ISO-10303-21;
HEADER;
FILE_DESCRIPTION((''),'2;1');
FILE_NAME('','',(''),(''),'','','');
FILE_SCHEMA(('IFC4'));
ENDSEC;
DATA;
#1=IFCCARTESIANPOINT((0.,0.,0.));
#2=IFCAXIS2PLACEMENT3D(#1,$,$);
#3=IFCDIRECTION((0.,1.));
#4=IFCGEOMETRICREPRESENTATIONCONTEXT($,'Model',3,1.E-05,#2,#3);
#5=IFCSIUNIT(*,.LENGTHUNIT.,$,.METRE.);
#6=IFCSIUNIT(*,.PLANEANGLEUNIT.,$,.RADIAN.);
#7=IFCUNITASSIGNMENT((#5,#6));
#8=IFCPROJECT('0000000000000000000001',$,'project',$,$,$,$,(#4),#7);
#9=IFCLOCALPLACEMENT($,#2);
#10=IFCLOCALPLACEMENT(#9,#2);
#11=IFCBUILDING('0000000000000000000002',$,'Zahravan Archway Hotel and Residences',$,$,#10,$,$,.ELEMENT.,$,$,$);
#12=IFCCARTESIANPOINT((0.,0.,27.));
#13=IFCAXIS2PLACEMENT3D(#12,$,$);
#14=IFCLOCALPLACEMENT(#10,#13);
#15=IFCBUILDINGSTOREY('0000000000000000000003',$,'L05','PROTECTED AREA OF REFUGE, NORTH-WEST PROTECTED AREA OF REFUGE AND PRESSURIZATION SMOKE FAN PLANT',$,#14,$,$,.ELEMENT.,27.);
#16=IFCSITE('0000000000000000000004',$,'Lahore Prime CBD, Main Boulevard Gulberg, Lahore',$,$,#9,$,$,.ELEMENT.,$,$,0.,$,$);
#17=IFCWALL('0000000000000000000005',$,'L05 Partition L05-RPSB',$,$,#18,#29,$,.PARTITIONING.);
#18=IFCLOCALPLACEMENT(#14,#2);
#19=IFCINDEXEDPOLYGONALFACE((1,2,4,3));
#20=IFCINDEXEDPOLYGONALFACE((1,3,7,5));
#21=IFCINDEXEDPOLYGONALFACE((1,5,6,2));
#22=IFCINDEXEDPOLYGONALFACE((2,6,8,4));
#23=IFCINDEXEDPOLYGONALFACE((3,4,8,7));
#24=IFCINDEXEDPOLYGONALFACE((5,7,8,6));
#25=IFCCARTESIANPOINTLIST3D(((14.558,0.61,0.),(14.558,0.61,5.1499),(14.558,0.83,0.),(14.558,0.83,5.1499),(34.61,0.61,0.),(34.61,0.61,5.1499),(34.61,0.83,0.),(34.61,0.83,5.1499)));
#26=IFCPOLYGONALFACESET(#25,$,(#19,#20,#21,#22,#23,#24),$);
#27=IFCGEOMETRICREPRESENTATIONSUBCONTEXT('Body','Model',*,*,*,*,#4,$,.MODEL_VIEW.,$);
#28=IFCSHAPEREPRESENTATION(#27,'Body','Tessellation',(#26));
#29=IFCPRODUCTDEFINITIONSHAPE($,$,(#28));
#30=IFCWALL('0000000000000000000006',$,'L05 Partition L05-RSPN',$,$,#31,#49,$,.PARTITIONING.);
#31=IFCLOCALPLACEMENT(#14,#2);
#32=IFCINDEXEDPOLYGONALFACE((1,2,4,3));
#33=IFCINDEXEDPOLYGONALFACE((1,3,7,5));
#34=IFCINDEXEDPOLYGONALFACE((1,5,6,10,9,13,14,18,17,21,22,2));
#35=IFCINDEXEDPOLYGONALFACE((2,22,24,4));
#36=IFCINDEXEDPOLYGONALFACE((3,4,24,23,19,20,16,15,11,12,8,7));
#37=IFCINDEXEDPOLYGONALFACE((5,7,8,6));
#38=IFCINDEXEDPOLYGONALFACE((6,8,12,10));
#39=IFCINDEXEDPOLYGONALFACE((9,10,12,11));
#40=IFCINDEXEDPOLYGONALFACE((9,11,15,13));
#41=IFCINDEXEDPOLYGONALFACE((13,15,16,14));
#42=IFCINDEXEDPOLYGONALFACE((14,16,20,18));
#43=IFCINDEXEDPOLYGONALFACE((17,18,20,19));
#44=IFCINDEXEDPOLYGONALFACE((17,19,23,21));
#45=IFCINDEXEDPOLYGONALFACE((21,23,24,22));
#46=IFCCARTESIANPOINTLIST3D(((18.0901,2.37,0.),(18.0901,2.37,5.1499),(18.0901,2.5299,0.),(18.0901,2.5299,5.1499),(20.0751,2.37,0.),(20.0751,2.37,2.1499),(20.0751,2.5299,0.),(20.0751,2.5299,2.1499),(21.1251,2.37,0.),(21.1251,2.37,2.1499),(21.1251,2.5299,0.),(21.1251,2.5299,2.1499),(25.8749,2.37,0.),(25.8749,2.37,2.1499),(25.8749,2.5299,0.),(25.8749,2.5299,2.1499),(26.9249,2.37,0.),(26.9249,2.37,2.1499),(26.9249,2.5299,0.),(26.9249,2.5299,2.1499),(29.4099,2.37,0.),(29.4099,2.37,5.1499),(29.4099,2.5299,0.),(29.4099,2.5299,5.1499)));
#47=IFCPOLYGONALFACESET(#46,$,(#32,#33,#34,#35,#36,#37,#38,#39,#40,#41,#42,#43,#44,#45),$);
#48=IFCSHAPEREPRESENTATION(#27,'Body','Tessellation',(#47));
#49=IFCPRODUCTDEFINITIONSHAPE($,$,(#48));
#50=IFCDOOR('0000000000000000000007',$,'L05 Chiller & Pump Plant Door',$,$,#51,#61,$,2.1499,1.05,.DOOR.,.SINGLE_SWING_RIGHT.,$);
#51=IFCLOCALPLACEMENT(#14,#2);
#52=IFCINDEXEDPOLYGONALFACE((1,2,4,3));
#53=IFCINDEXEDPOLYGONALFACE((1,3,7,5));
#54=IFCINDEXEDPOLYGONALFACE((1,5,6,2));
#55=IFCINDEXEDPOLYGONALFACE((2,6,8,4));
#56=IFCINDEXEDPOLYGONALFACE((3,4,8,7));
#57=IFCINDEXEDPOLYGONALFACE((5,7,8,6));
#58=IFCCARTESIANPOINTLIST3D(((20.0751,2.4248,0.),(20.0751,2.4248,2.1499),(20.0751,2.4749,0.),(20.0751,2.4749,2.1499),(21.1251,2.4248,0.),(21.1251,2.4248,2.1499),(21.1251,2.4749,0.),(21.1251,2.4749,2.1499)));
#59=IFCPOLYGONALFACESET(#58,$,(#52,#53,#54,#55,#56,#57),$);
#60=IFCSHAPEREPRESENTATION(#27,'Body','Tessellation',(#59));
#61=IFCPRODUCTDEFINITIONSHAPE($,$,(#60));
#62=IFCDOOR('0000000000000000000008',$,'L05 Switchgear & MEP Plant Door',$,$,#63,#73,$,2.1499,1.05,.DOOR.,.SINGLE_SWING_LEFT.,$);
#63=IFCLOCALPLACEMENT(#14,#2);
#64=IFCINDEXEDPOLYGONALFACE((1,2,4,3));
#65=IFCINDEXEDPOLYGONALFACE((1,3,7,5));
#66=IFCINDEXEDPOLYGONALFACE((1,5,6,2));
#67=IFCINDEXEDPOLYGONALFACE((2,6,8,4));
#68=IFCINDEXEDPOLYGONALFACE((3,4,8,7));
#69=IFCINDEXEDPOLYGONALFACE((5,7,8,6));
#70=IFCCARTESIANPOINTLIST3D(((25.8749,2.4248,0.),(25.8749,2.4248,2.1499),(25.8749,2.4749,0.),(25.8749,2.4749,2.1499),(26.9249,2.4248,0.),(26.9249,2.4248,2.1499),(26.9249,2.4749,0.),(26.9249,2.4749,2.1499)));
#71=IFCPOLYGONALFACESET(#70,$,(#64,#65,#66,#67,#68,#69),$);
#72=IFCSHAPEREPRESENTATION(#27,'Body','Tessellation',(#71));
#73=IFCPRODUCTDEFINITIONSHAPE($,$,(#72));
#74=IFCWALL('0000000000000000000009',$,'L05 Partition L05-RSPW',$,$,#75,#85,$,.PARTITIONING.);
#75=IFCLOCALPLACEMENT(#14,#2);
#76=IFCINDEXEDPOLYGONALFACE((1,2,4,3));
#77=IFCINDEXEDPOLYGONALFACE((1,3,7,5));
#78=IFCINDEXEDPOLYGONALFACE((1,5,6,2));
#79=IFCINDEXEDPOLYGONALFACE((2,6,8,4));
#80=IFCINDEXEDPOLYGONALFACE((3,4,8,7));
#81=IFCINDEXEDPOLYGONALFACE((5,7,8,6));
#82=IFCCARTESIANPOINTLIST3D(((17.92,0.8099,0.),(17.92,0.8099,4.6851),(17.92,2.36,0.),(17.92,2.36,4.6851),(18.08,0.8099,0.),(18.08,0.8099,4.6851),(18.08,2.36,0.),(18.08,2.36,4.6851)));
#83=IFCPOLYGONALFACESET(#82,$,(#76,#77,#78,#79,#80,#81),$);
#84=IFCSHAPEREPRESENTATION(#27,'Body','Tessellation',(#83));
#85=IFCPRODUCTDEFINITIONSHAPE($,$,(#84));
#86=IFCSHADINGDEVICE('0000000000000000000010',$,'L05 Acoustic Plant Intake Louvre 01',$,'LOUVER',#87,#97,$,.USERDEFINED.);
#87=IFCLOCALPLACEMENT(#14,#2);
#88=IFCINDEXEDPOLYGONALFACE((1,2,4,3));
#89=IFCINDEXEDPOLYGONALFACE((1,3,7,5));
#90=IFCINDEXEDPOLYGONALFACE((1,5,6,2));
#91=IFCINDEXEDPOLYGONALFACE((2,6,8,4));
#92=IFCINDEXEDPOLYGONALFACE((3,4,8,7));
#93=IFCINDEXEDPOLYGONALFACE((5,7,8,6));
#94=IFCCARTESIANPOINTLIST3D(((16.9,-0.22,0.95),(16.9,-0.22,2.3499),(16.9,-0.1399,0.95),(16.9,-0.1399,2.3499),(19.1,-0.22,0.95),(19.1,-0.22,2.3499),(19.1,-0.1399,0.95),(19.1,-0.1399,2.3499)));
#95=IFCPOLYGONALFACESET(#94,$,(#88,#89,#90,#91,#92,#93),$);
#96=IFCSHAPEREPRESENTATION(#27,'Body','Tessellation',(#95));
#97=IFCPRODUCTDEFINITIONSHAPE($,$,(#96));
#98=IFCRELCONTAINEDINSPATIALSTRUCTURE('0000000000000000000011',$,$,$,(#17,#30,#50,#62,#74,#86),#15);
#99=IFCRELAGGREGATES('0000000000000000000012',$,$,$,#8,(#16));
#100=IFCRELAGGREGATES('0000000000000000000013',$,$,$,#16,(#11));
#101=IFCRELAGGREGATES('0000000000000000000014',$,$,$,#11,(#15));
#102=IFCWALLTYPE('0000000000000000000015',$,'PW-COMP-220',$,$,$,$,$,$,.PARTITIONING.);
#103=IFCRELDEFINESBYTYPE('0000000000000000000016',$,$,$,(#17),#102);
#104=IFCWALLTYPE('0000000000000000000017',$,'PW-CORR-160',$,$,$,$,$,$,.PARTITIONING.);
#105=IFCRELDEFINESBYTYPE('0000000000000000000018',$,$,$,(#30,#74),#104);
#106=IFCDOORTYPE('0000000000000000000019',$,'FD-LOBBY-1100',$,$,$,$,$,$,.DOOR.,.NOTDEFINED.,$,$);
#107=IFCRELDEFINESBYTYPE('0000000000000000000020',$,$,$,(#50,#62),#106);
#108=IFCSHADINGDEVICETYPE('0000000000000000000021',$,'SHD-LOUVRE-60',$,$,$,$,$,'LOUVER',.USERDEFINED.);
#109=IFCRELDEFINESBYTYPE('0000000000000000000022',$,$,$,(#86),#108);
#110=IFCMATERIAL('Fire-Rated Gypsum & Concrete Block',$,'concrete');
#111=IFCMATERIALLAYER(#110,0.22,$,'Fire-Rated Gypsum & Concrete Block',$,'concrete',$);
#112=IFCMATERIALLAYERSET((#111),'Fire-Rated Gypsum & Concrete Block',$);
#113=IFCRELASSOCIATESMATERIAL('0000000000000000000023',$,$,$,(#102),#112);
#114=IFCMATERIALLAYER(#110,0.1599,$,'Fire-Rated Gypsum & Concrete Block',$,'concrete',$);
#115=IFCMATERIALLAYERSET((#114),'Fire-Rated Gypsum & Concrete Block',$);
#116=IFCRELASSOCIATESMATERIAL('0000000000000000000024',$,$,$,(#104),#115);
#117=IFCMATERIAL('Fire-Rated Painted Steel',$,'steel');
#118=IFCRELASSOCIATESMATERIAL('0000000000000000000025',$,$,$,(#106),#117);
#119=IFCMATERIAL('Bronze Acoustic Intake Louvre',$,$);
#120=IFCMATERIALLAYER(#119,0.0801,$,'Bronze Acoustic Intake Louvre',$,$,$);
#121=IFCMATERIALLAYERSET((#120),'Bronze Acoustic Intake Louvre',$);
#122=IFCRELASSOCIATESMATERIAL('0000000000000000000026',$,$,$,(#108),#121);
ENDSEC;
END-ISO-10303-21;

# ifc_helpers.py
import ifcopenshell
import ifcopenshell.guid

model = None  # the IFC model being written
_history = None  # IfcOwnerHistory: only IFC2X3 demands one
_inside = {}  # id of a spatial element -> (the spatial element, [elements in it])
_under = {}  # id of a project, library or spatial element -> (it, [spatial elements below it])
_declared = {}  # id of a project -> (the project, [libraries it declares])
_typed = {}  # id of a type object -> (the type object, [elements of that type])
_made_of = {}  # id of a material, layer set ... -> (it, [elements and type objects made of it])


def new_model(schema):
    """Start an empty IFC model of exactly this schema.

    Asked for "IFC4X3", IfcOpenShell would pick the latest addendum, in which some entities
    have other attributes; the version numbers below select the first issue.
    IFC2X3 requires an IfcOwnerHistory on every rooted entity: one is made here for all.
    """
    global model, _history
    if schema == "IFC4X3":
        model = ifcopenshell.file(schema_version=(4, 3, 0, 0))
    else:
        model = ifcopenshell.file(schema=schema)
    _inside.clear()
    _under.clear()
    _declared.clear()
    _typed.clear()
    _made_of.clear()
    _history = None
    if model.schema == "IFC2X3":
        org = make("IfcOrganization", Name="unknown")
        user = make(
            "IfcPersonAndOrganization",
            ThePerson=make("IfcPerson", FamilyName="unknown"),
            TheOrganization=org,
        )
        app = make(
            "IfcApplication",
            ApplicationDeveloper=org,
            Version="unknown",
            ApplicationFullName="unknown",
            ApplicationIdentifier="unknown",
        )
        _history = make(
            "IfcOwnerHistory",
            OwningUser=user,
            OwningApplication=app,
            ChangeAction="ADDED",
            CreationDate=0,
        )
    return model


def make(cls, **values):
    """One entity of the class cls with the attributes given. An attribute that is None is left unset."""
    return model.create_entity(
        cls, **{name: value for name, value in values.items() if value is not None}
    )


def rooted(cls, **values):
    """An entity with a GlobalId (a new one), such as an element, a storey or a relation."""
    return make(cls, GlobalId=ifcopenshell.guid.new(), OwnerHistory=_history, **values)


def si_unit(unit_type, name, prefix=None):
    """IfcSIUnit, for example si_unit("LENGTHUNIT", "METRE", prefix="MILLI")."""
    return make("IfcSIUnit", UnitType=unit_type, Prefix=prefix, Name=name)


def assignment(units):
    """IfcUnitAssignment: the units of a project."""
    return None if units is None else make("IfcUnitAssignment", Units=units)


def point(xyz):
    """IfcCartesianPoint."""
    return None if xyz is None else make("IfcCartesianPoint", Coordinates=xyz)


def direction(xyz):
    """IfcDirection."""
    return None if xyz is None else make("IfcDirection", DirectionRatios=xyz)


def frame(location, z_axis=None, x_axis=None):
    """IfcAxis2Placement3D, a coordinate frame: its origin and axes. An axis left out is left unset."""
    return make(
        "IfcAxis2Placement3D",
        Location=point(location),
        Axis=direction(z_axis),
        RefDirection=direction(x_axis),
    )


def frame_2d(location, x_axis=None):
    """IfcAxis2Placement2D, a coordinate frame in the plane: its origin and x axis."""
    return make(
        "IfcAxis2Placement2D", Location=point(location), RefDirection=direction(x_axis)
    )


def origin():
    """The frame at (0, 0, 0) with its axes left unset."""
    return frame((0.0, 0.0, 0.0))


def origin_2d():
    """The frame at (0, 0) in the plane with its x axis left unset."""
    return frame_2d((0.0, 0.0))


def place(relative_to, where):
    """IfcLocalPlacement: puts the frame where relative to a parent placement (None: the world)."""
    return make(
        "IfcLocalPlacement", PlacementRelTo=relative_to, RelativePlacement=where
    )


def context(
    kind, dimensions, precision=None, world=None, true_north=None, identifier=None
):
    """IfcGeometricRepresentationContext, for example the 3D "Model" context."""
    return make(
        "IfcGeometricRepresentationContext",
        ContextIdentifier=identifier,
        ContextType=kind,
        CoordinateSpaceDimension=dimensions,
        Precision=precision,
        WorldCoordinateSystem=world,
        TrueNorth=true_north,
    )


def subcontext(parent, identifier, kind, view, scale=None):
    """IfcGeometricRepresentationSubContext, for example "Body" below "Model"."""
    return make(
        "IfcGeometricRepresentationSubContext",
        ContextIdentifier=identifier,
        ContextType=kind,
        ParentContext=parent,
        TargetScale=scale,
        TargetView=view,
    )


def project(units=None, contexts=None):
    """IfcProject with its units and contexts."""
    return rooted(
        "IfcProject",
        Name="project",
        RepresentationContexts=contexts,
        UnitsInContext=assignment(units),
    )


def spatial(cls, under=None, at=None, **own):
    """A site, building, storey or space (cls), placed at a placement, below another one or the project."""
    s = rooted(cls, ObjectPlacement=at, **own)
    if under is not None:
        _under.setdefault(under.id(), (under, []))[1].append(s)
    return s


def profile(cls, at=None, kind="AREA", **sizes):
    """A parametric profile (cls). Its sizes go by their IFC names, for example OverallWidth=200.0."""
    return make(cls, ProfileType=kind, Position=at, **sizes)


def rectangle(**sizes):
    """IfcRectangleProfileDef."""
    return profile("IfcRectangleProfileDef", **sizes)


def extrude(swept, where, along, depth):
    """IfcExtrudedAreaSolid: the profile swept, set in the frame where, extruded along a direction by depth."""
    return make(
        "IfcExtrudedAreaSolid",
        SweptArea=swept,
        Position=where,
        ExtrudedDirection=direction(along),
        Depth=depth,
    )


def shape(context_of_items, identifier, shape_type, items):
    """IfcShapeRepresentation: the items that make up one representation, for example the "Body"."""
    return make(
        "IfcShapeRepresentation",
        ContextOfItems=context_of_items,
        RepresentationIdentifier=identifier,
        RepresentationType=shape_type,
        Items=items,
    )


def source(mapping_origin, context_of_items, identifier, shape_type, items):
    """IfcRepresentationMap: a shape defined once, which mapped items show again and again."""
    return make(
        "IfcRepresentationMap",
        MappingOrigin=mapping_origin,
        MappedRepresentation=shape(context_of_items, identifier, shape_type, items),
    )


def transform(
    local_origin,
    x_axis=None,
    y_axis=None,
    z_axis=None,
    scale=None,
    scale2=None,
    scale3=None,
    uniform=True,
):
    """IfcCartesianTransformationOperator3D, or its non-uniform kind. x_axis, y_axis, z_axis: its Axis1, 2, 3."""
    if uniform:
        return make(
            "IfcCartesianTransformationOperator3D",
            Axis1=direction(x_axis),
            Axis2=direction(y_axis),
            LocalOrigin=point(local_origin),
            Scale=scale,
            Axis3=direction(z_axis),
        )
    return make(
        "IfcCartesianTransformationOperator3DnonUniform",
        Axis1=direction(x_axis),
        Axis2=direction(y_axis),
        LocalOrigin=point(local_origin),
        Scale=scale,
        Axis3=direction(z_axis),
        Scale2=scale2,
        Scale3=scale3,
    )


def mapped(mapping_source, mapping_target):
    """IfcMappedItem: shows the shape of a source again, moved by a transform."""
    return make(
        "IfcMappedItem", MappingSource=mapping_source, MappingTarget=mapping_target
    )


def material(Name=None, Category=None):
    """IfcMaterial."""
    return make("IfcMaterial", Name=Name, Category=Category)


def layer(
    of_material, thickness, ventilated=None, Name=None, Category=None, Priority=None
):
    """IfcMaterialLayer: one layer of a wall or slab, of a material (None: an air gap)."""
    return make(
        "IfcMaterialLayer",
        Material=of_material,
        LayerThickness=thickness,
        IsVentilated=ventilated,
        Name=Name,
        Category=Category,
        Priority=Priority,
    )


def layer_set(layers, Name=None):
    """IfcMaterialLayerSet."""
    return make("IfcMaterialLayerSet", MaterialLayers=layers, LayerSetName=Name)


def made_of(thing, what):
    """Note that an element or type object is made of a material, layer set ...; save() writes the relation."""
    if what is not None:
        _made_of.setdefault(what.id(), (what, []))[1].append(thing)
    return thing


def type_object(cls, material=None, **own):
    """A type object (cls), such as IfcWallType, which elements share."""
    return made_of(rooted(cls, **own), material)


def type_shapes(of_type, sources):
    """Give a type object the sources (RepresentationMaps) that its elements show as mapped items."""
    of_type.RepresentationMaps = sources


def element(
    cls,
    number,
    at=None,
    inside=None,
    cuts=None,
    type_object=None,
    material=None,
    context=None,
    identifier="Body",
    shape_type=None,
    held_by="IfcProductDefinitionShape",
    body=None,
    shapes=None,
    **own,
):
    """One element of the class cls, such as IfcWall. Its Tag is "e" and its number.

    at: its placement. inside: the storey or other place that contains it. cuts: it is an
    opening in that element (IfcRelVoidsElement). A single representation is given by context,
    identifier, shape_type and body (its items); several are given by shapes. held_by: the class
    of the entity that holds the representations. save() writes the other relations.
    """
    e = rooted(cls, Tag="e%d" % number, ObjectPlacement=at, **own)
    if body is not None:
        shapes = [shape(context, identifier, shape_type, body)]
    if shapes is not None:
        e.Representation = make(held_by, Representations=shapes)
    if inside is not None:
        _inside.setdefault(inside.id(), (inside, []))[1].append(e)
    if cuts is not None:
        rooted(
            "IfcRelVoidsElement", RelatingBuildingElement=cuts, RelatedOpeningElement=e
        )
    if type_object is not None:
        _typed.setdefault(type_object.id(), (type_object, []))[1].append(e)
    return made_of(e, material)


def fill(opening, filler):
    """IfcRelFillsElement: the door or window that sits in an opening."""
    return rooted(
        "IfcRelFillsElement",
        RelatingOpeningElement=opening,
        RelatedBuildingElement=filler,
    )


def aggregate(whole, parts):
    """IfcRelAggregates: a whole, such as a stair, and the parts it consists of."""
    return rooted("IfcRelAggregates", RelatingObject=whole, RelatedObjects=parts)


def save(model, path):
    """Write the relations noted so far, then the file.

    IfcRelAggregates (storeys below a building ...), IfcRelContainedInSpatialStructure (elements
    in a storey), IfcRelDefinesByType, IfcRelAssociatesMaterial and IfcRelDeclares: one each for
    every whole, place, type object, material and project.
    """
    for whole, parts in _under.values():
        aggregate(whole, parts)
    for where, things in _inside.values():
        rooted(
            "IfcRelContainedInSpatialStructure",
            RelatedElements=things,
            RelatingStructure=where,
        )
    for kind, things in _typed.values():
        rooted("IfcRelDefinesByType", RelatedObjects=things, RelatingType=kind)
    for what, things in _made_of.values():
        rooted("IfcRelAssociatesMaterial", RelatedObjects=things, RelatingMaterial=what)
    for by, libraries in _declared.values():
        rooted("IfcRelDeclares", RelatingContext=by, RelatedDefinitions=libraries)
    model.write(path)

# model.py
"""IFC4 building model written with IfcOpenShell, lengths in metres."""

from ifc_helpers import new_model, si_unit, direction, frame, frame_2d, origin, origin_2d, place, context, subcontext, project, spatial, rectangle, extrude, source, transform, mapped, material, layer, layer_set, type_object, type_shapes, element, fill, save


model = new_model("IFC4")

# Units and contexts
model_context = context("Model", 3, precision=1e-05, world=origin(), true_north=direction((0.0, 1.0)))
body_context = subcontext(model_context, "Body", "Model", "MODEL_VIEW")
ifc_project = project(units=[si_unit("LENGTHUNIT", "METRE"), si_unit("PLANEANGLEUNIT", "RADIAN")], contexts=[model_context])

# Site, building, storey
site_placement = place(None, origin())
site = spatial("IfcSite", under=ifc_project, at=site_placement, Name="Lahore Prime CBD, Main Boulevard Gulberg, Lahore", CompositionType="ELEMENT", RefElevation=0.0)
building_placement = place(site_placement, origin())
building = spatial("IfcBuilding", under=site, at=building_placement, Name="Zahravan Archway Hotel and Residences", CompositionType="ELEMENT")
storey_placement = place(building_placement, frame((0.0, 0.0, 27.0)))
storey = spatial("IfcBuildingStorey", under=building, at=storey_placement, Name="L05", Description="PROTECTED AREA OF REFUGE, NORTH-WEST PROTECTED AREA OF REFUGE AND PRESSURIZATION SMOKE FAN PLANT", CompositionType="ELEMENT", Elevation=27.0)

# Wall
ifc_material_1 = material(Name="Fire-Rated Gypsum & Concrete Block", Category="concrete")
ifc_layer_1 = layer(ifc_material_1, 0.22, Name="Fire-Rated Gypsum & Concrete Block", Category="concrete")
ifc_layer_set_1 = layer_set([ifc_layer_1], Name="Fire-Rated Gypsum & Concrete Block")
wall_type_1 = type_object("IfcWallType", Name="PW-COMP-220", PredefinedType="PARTITIONING", material=ifc_layer_set_1)
wall_1_placement = place(storey_placement, frame((14.5581, 0.72, 0.0), z_axis=(0.0, 0.0, 1.0), x_axis=(1.0, 0.0, 0.0)))
element("IfcWall", 1, at=wall_1_placement, inside=storey, type_object=wall_type_1, Name="L05 Partition L05-RPSB", PredefinedType="PARTITIONING", context=body_context, shape_type="SweptSolid", body=[
    extrude(rectangle(XDim=20.052, YDim=0.22, at=frame_2d((10.0259, 0.0))), origin(), (0.0, 0.0, 1.0), 5.1499),
])

# Wall, openings, doors
ifc_layer_2 = layer(ifc_material_1, 0.1599, Name="Fire-Rated Gypsum & Concrete Block", Category="concrete")
ifc_layer_set_2 = layer_set([ifc_layer_2], Name="Fire-Rated Gypsum & Concrete Block")
wall_type_2 = type_object("IfcWallType", Name="PW-CORR-160", PredefinedType="PARTITIONING", material=ifc_layer_set_2)
wall_2_placement = place(storey_placement, frame((18.0901, 2.45, 0.0), z_axis=(0.0, 0.0, 1.0), x_axis=(1.0, 0.0, 0.0)))
wall_2 = element("IfcWall", 2, at=wall_2_placement, inside=storey, type_object=wall_type_2, Name="L05 Partition L05-RSPN", PredefinedType="PARTITIONING", context=body_context, shape_type="SweptSolid", body=[
    extrude(rectangle(XDim=11.3198, YDim=0.1599, at=frame_2d((5.6599, 0.0))), origin(), (0.0, 0.0, 1.0), 5.1499),
])
opening_1_placement = place(wall_2_placement, frame((1.9851, 0.0, 0.0)))
opening_1 = element("IfcOpeningElement", 3, at=opening_1_placement, cuts=wall_2, PredefinedType="OPENING", context=body_context, shape_type="SweptSolid", body=[
    extrude(rectangle(XDim=1.05, YDim=2.1499, at=frame_2d((0.5249, 1.075))), frame((0.0, 0.0898, 0.0), z_axis=(0.0, -1.0, 0.0), x_axis=(1.0, 0.0, 0.0)), (0.0, 0.0, 1.0), 0.1799),
])
opening_2_placement = place(wall_2_placement, frame((7.7849, 0.0, 0.0)))
opening_2 = element("IfcOpeningElement", 4, at=opening_2_placement, cuts=wall_2, PredefinedType="OPENING", context=body_context, shape_type="SweptSolid", body=[
    extrude(rectangle(XDim=1.05, YDim=2.1499, at=frame_2d((0.5249, 1.075))), frame((0.0, 0.0898, 0.0), z_axis=(0.0, -1.0, 0.0), x_axis=(1.0, 0.0, 0.0)), (0.0, 0.0, 1.0), 0.1799),
])
ifc_material_2 = material(Name="Fire-Rated Painted Steel", Category="steel")
door_type = type_object("IfcDoorType", Name="FD-LOBBY-1100", OperationType="NOTDEFINED", PredefinedType="DOOR", material=ifc_material_2)
shared_shape_1 = source(origin(), body_context, "Body", "SweptSolid", [
    extrude(rectangle(XDim=1.05, YDim=2.1499, at=frame_2d((0.5249, 1.075))), frame((0.0, 0.0249, 0.0), z_axis=(0.0, -1.0, 0.0), x_axis=(1.0, 0.0, 0.0)), (0.0, 0.0, 1.0), 0.05),
])
type_shapes(door_type, [shared_shape_1])
door_1_placement = place(opening_1_placement, origin())
door_1 = element("IfcDoor", 5, at=door_1_placement, inside=storey, type_object=door_type, Name="L05 Chiller & Pump Plant Door", OperationType="SINGLE_SWING_RIGHT", OverallHeight=2.1499, OverallWidth=1.05, PredefinedType="DOOR", context=body_context, shape_type="MappedRepresentation", body=[
    mapped(shared_shape_1, transform((0.0, 0.0, 0.0), scale=1.0)),
])
fill(opening_1, door_1)
door_2_placement = place(opening_2_placement, origin())
door_2 = element("IfcDoor", 6, at=door_2_placement, inside=storey, type_object=door_type, Name="L05 Switchgear & MEP Plant Door", OperationType="SINGLE_SWING_LEFT", OverallHeight=2.1499, OverallWidth=1.05, PredefinedType="DOOR", context=body_context, shape_type="MappedRepresentation", body=[
    mapped(shared_shape_1, transform((0.0, 0.0, 0.0), scale=1.0)),
])
fill(opening_2, door_2)

# Wall
wall_3_placement = place(storey_placement, frame((18.0, 0.8101, 0.0), z_axis=(0.0, 0.0, 1.0), x_axis=(0.0, 1.0, 0.0)))
element("IfcWall", 7, at=wall_3_placement, inside=storey, type_object=wall_type_2, Name="L05 Partition L05-RSPW", PredefinedType="PARTITIONING", context=body_context, shape_type="SweptSolid", body=[
    extrude(rectangle(XDim=1.55, YDim=0.1599, at=frame_2d((0.7749, 0.0))), origin(), (0.0, 0.0, 1.0), 4.6851),
])

# Shading device
ifc_material_3 = material(Name="Bronze Acoustic Intake Louvre")
ifc_layer_3 = layer(ifc_material_3, 0.0801, Name="Bronze Acoustic Intake Louvre")
ifc_layer_set_3 = layer_set([ifc_layer_3], Name="Bronze Acoustic Intake Louvre")
shading_device_type = type_object("IfcShadingDeviceType", Name="SHD-LOUVRE-60", ElementType="LOUVER", PredefinedType="USERDEFINED", material=ifc_layer_set_3)
shared_shape_2 = source(origin(), body_context, "Body", "SweptSolid", [
    extrude(rectangle(XDim=2.2, YDim=0.0801, at=origin_2d()), origin(), (0.0, 0.0, 1.0), 1.3999),
])
type_shapes(shading_device_type, [shared_shape_2])
shading_device_placement = place(storey_placement, frame((18.0, -0.1799, 0.95), z_axis=(0.0, 0.0, 1.0), x_axis=(1.0, 0.0, 0.0)))
element("IfcShadingDevice", 8, at=shading_device_placement, inside=storey, type_object=shading_device_type, Name="L05 Acoustic Plant Intake Louvre 01", ObjectType="LOUVER", PredefinedType="USERDEFINED", context=body_context, shape_type="MappedRepresentation", body=[
    mapped(shared_shape_2, transform((0.0, 0.0, 0.0), scale=1.0)),
])

save(model, "model.ifc")
